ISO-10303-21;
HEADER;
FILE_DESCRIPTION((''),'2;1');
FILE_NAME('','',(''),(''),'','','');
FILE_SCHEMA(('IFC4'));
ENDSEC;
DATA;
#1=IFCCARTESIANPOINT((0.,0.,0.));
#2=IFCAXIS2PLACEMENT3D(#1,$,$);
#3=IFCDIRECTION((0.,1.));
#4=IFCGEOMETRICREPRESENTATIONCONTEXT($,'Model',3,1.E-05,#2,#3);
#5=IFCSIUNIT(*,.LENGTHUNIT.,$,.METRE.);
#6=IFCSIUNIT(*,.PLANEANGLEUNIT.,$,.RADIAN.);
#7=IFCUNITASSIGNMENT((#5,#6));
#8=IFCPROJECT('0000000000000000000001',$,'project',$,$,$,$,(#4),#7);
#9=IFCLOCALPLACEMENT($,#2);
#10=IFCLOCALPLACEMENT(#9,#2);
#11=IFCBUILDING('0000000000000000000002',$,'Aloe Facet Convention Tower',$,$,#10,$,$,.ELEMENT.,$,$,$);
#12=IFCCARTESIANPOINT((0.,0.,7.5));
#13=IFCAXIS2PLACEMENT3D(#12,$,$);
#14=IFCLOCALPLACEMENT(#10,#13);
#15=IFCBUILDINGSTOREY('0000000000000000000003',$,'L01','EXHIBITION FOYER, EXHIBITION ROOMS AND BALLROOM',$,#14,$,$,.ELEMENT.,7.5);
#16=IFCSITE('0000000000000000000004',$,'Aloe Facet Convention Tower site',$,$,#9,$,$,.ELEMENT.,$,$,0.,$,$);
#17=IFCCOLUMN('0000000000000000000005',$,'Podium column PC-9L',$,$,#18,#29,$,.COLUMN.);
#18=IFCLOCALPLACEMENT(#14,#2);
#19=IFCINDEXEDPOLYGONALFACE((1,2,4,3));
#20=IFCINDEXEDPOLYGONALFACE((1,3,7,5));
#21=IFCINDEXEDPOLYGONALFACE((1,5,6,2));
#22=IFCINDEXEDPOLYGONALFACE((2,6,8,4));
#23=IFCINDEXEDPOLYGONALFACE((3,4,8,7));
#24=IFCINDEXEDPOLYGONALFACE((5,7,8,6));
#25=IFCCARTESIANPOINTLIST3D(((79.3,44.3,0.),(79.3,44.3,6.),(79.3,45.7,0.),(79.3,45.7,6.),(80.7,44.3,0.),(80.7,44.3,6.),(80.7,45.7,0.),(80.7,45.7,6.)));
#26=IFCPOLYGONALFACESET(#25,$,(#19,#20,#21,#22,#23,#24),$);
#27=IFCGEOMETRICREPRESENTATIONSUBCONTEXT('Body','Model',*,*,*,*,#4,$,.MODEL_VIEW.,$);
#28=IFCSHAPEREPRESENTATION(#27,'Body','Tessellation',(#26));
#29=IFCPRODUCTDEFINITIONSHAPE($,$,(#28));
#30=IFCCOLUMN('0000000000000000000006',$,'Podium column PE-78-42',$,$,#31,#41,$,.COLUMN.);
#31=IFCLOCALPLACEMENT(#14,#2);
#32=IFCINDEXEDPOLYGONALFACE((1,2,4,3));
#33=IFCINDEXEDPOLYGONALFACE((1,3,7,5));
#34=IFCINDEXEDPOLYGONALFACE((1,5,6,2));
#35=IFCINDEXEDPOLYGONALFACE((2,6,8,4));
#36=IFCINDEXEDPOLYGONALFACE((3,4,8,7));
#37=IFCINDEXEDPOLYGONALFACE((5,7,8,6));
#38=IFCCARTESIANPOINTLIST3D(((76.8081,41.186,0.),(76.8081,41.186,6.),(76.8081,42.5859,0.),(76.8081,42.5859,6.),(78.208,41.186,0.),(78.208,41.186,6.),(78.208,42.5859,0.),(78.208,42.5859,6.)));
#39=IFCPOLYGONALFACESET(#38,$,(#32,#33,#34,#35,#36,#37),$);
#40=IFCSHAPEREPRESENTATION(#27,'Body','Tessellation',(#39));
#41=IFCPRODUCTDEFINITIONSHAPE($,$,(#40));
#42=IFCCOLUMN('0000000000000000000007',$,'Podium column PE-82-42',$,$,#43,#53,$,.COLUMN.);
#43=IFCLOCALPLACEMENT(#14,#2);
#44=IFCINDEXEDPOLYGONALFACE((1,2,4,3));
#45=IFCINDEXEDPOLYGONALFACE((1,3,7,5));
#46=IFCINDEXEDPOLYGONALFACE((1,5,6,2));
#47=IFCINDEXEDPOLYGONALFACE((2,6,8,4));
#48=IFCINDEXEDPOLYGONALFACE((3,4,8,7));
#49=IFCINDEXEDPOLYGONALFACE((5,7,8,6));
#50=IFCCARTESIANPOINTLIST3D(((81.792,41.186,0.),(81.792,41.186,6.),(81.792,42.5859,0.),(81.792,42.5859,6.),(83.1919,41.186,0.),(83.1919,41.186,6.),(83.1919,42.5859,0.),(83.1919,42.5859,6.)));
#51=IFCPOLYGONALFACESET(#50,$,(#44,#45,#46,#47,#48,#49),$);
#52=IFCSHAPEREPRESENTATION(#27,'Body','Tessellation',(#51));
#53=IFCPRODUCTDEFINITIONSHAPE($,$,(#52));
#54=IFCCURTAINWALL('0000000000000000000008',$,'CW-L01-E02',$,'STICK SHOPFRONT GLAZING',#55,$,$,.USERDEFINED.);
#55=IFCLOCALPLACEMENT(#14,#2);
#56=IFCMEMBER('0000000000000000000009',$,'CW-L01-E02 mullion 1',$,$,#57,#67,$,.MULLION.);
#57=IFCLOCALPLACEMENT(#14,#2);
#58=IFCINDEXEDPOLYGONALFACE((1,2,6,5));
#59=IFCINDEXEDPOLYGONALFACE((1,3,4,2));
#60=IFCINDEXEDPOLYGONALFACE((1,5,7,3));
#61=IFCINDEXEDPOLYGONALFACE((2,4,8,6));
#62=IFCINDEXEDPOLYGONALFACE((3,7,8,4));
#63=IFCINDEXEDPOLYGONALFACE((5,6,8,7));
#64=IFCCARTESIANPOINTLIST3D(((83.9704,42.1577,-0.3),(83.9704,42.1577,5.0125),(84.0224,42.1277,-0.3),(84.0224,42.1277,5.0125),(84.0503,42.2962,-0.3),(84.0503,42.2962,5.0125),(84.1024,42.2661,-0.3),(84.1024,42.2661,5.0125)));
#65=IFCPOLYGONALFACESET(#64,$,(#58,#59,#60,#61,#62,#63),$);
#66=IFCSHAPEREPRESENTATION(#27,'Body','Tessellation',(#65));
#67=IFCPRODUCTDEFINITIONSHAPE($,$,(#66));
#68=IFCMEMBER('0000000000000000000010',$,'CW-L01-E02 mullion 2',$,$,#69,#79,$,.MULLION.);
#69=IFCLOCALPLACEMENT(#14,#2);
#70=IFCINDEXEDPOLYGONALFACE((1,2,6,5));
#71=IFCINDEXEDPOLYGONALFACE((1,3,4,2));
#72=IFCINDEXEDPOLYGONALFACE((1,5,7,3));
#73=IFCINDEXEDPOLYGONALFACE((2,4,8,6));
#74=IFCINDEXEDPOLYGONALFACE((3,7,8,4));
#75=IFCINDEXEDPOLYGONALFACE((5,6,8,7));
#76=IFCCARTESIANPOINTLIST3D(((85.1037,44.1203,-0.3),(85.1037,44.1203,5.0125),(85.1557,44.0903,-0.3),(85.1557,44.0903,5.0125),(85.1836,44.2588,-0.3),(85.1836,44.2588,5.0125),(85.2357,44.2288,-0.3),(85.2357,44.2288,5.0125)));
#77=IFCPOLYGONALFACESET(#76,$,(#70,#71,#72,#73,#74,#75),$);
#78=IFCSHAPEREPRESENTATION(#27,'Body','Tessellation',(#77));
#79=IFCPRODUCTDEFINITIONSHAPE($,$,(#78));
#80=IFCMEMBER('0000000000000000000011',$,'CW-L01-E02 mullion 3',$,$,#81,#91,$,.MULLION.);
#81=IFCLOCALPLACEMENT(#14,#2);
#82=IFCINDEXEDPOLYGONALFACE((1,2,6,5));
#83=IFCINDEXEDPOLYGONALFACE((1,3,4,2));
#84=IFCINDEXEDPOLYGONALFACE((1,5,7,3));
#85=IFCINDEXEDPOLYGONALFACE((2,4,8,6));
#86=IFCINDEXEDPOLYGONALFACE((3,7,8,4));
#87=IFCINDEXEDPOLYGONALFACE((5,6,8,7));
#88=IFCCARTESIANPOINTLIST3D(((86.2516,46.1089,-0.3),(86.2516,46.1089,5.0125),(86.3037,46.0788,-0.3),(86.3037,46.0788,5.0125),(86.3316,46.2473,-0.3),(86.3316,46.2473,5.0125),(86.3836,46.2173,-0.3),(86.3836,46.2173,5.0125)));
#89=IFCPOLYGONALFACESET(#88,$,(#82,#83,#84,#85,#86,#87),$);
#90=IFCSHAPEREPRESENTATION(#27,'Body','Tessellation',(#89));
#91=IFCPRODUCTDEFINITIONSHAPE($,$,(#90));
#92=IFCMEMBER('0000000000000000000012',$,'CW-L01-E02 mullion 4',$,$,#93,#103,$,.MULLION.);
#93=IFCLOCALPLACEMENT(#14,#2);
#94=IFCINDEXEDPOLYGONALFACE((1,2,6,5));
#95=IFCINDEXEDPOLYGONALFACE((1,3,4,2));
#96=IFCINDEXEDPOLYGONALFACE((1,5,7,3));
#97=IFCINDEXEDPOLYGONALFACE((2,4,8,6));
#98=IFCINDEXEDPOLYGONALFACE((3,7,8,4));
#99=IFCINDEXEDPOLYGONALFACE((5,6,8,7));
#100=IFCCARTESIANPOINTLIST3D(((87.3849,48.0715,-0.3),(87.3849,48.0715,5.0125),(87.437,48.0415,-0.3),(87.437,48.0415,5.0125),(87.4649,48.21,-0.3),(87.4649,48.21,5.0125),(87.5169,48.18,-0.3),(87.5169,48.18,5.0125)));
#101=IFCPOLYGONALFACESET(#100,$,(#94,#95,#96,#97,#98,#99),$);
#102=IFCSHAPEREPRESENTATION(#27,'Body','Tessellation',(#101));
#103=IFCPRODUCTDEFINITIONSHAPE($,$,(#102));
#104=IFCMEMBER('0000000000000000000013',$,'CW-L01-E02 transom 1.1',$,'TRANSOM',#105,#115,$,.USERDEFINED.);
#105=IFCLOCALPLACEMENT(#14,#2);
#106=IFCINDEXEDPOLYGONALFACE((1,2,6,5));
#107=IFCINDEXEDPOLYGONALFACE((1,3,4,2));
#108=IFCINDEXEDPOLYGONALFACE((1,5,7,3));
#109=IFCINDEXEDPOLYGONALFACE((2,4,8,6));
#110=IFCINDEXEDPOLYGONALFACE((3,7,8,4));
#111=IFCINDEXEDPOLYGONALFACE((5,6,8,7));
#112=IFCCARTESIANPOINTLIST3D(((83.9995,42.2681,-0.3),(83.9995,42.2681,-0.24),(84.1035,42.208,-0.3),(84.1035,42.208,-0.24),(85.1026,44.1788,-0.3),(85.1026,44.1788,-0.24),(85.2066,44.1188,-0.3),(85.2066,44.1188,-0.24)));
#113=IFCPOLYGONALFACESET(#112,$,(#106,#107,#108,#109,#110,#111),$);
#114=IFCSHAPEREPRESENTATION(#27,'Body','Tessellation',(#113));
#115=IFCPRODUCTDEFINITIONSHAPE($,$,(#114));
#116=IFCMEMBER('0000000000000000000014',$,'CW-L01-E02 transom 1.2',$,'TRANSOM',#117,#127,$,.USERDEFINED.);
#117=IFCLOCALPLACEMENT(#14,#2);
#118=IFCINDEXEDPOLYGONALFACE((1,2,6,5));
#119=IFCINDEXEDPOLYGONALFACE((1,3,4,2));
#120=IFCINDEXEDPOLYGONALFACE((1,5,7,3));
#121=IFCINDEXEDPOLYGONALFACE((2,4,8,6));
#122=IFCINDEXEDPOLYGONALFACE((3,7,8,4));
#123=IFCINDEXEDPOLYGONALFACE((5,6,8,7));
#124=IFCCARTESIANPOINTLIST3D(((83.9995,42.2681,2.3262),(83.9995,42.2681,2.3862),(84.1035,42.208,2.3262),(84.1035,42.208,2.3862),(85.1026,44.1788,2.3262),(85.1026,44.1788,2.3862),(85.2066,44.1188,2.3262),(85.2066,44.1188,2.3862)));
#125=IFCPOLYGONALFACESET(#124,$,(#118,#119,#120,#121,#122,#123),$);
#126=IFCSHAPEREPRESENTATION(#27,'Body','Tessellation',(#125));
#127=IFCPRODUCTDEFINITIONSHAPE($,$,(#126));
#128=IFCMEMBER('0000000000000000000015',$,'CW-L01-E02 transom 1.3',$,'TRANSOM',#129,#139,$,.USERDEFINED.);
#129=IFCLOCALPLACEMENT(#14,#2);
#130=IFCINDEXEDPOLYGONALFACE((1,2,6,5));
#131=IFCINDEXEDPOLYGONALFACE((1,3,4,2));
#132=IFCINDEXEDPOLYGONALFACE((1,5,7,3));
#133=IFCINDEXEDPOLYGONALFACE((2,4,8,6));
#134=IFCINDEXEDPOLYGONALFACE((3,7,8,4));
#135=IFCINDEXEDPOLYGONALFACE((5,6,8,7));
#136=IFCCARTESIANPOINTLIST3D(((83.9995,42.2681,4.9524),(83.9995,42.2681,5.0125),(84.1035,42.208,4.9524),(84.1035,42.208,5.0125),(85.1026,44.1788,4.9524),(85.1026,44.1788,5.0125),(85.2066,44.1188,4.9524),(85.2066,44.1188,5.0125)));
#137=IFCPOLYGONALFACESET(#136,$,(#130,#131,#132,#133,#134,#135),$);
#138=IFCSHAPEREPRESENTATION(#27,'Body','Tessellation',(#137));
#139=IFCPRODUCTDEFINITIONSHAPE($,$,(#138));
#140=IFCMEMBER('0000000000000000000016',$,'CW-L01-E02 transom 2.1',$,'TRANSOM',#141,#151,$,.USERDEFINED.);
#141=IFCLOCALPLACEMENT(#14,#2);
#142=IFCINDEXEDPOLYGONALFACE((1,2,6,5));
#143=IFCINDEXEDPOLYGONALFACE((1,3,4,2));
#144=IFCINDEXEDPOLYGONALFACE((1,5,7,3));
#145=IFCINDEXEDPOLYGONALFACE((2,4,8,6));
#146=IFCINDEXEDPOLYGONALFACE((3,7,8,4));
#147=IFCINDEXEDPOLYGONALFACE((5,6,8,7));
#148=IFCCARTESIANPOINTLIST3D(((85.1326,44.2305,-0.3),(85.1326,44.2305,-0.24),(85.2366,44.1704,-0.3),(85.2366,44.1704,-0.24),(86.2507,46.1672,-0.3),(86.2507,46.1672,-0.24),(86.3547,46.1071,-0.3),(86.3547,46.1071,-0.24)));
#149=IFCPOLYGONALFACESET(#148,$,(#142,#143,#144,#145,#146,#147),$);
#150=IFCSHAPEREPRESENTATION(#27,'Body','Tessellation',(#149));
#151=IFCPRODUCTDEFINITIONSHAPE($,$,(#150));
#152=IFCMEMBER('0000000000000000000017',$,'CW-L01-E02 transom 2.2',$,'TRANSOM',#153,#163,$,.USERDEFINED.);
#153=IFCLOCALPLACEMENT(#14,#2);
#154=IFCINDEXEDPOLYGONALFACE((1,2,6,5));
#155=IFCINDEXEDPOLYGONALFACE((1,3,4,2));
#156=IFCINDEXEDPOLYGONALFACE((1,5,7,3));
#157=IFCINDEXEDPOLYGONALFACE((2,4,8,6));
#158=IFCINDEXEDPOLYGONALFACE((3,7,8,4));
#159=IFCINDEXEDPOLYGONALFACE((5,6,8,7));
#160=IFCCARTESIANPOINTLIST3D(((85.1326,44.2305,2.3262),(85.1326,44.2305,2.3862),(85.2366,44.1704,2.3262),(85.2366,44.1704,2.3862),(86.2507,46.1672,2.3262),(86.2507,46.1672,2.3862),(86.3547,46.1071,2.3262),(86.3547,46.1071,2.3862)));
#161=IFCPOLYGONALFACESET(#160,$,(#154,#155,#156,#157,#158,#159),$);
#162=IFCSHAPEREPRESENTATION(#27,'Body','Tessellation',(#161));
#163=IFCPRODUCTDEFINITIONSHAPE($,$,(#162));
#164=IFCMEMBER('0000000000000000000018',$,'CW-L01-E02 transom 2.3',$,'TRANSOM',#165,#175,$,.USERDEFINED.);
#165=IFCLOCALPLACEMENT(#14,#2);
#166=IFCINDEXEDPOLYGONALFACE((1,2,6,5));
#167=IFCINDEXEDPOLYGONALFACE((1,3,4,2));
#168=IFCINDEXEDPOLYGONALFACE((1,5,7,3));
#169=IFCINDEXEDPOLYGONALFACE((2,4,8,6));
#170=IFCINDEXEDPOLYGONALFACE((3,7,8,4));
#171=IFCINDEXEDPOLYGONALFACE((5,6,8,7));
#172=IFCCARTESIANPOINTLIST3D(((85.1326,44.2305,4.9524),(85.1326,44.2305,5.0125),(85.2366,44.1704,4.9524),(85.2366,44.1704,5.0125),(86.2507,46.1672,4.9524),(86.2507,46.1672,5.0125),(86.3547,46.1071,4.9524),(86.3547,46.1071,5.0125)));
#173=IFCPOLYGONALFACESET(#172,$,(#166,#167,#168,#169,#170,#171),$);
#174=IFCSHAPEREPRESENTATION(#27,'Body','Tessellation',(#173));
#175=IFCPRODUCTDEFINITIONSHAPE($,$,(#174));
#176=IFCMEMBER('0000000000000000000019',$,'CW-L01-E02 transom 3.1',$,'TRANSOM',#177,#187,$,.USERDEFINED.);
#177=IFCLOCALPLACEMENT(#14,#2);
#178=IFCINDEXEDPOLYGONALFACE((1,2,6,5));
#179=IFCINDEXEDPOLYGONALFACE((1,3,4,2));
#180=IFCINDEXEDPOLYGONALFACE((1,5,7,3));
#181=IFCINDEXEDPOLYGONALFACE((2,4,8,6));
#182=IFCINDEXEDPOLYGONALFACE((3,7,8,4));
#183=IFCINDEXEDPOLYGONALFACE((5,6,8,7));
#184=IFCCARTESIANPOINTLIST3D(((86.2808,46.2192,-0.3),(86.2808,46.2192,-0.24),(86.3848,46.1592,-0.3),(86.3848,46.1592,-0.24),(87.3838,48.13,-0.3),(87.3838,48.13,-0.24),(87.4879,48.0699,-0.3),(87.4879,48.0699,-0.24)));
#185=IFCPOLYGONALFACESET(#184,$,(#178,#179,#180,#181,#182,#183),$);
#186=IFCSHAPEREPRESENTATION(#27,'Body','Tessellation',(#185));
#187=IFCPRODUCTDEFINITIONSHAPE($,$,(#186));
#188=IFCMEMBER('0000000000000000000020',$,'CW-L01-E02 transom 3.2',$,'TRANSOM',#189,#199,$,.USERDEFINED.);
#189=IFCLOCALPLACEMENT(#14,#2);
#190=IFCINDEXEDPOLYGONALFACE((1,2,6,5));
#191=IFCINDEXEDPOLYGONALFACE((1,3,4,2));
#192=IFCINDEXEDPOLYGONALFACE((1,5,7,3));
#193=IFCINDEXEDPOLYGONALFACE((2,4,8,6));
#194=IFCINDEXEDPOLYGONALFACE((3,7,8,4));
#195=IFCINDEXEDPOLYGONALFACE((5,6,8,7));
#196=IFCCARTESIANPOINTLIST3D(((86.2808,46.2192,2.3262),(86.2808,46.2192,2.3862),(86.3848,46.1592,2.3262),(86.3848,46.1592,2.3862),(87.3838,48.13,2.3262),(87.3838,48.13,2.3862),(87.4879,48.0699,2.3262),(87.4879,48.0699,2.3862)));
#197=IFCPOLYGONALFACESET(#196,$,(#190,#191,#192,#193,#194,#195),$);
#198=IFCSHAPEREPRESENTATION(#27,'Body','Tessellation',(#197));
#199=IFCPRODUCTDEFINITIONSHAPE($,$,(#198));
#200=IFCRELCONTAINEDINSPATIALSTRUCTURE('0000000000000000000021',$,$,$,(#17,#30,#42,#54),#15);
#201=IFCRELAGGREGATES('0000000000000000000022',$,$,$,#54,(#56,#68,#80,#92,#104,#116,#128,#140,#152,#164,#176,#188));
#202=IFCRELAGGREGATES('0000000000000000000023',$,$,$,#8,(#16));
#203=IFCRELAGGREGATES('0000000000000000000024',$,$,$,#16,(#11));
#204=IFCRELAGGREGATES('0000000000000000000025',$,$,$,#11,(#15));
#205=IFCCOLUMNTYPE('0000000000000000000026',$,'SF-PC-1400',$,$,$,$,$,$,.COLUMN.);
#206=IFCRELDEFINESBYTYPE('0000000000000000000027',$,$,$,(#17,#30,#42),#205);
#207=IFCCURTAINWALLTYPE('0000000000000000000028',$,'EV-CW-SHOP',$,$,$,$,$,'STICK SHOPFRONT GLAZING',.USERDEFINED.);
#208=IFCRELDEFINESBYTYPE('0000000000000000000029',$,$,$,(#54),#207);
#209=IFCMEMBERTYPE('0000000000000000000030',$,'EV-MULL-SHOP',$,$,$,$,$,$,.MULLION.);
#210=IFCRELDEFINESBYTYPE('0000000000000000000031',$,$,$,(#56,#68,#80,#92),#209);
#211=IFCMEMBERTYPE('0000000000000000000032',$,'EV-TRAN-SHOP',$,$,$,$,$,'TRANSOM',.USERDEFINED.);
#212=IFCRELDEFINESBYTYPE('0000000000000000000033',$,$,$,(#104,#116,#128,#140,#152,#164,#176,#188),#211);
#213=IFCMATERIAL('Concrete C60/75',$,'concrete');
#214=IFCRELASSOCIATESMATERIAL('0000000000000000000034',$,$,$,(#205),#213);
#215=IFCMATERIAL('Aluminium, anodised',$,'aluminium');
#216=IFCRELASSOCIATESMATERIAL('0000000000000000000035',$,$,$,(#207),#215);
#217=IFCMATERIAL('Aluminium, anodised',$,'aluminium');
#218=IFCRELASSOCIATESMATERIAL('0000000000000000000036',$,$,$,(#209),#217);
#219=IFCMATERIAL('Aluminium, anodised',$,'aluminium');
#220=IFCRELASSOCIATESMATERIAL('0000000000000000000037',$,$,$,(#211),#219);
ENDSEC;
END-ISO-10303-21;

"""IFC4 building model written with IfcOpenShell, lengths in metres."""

from ifc_helpers import new_model, si_unit, direction, frame, origin, origin_2d, place, context, subcontext, project, spatial, rectangle, extrude, material, material_profile, profile_set, type_object, element, aggregate, save


model = new_model("IFC4")

# Units and contexts
model_context = context("Model", 3, precision=1e-05, world=origin(), true_north=direction((0.0, 1.0)))
body_context = subcontext(model_context, "Body", "Model", "MODEL_VIEW")
ifc_project = project(units=[si_unit("LENGTHUNIT", "METRE"), si_unit("PLANEANGLEUNIT", "RADIAN")], contexts=[model_context])

# Site, building, storey
site_placement = place(None, origin())
site = spatial("IfcSite", under=ifc_project, at=site_placement, Name="Aloe Facet Convention Tower site", CompositionType="ELEMENT", RefElevation=0.0)
building_placement = place(site_placement, origin())
building = spatial("IfcBuilding", under=site, at=building_placement, Name="Aloe Facet Convention Tower", CompositionType="ELEMENT")
storey_placement = place(building_placement, frame((0.0, 0.0, 7.5)))
storey = spatial("IfcBuildingStorey", under=building, at=storey_placement, Name="L01", Description="EXHIBITION FOYER, EXHIBITION ROOMS AND BALLROOM", CompositionType="ELEMENT", Elevation=7.5)

# Columns
ifc_material_1 = material(Name="Concrete C60/75", Category="concrete")
ifc_material_profile_1 = material_profile(ifc_material_1, rectangle(XDim=1.3999, YDim=1.3999, at=origin_2d()), Name="SF-PC-1400")
ifc_profile_set_1 = profile_set([ifc_material_profile_1], Name="Concrete C60/75")
column_type = type_object("IfcColumnType", Name="SF-PC-1400", PredefinedType="COLUMN", material=ifc_profile_set_1)
for number, where, z_axis, x_axis, name in (
    (1, (80.0, 45.0, 0.0), (0.0, 0.0, 1.0), (1.0, 0.0, 0.0), "Podium column PC-9L"),
    (2, (77.5081, 41.886, 0.0), (0.0, 0.0, 1.0), (1.0, 0.0, 0.0), "Podium column PE-78-42"),
    (3, (82.4919, 41.886, 0.0), (0.0, 0.0, 1.0), (1.0, 0.0, 0.0), "Podium column PE-82-42"),
):
    element("IfcColumn", number, at=place(storey_placement, frame(where, z_axis=z_axis, x_axis=x_axis)), inside=storey, type_object=column_type, Name=name, PredefinedType="COLUMN", context=body_context, shape_type="SweptSolid", body=[
        extrude(rectangle(XDim=1.3999, YDim=1.3999, at=origin_2d()), origin(), (0.0, 0.0, 1.0), 6.0),
    ])

# Curtain wall, members
ifc_material_2 = material(Name="Aluminium, anodised", Category="aluminium")
curtain_wall_type = type_object("IfcCurtainWallType", Name="EV-CW-SHOP", ElementType="STICK SHOPFRONT GLAZING", PredefinedType="USERDEFINED", material=ifc_material_2)
curtain_wall_placement = place(storey_placement, origin())
curtain_wall = element("IfcCurtainWall", 4, at=curtain_wall_placement, inside=storey, type_object=curtain_wall_type, Name="CW-L01-E02", ObjectType="STICK SHOPFRONT GLAZING", PredefinedType="USERDEFINED")
ifc_material_3 = material(Name="Aluminium, anodised", Category="aluminium")
ifc_material_profile_2 = material_profile(ifc_material_3, rectangle(XDim=0.0601, YDim=0.1599, at=origin_2d()), Name="AL 60x160")
ifc_profile_set_2 = profile_set([ifc_material_profile_2], Name="Aluminium, anodised")
member_type_1 = type_object("IfcMemberType", Name="EV-MULL-SHOP", PredefinedType="MULLION", material=ifc_profile_set_2)
member_1_placement = place(storey_placement, frame((84.0364, 42.2119, -0.3), z_axis=(0.0, 0.0, 1.0), x_axis=(-0.866025, 0.5, 0.0)))
member_1 = element("IfcMember", 5, at=member_1_placement, type_object=member_type_1, Name="CW-L01-E02 mullion 1", PredefinedType="MULLION", context=body_context, shape_type="SweptSolid", body=[
    extrude(rectangle(XDim=0.0601, YDim=0.1599, at=origin_2d()), origin(), (0.0, 0.0, 1.0), 5.3125),
])
member_2_placement = place(storey_placement, frame((85.1697, 44.1746, -0.3), z_axis=(0.0, 0.0, 1.0), x_axis=(-0.866025, 0.5, 0.0)))
member_2 = element("IfcMember", 6, at=member_2_placement, type_object=member_type_1, Name="CW-L01-E02 mullion 2", PredefinedType="MULLION", context=body_context, shape_type="SweptSolid", body=[
    extrude(rectangle(XDim=0.0601, YDim=0.1599, at=origin_2d()), origin(), (0.0, 0.0, 1.0), 5.3125),
])
member_3_placement = place(storey_placement, frame((86.3176, 46.1631, -0.3), z_axis=(0.0, 0.0, 1.0), x_axis=(-0.866025, 0.5, 0.0)))
member_3 = element("IfcMember", 7, at=member_3_placement, type_object=member_type_1, Name="CW-L01-E02 mullion 3", PredefinedType="MULLION", context=body_context, shape_type="SweptSolid", body=[
    extrude(rectangle(XDim=0.0601, YDim=0.1599, at=origin_2d()), origin(), (0.0, 0.0, 1.0), 5.3125),
])
member_4_placement = place(storey_placement, frame((87.4509, 48.1257, -0.3), z_axis=(0.0, 0.0, 1.0), x_axis=(-0.866025, 0.5, 0.0)))
member_4 = element("IfcMember", 8, at=member_4_placement, type_object=member_type_1, Name="CW-L01-E02 mullion 4", PredefinedType="MULLION", context=body_context, shape_type="SweptSolid", body=[
    extrude(rectangle(XDim=0.0601, YDim=0.1599, at=origin_2d()), origin(), (0.0, 0.0, 1.0), 5.3125),
])
ifc_material_4 = material(Name="Aluminium, anodised", Category="aluminium")
ifc_material_profile_3 = material_profile(ifc_material_4, rectangle(XDim=0.1201, YDim=0.0601, at=origin_2d()), Name="AL 120x60")
ifc_profile_set_3 = profile_set([ifc_material_profile_3], Name="Aluminium, anodised")
member_type_2 = type_object("IfcMemberType", Name="EV-TRAN-SHOP", ElementType="TRANSOM", PredefinedType="USERDEFINED", material=ifc_profile_set_3)
member_5_placement = place(storey_placement, frame((84.0515, 42.238, -0.27), z_axis=(0.499972, 0.866042, 0.0), x_axis=(-0.866042, 0.499972, 0.0)))
member_5 = element("IfcMember", 9, at=member_5_placement, type_object=member_type_2, Name="CW-L01-E02 transom 1.1", ObjectType="TRANSOM", PredefinedType="USERDEFINED", context=body_context, shape_type="SweptSolid", body=[
    extrude(rectangle(XDim=0.1201, YDim=0.0601, at=origin_2d()), origin(), (0.0, 0.0, 1.0), 2.2063),
])
member_6_placement = place(storey_placement, frame((84.0515, 42.238, 2.3562), z_axis=(0.499972, 0.866042, 0.0), x_axis=(-0.866042, 0.499972, 0.0)))
member_6 = element("IfcMember", 10, at=member_6_placement, type_object=member_type_2, Name="CW-L01-E02 transom 1.2", ObjectType="TRANSOM", PredefinedType="USERDEFINED", context=body_context, shape_type="SweptSolid", body=[
    extrude(rectangle(XDim=0.1201, YDim=0.0601, at=origin_2d()), origin(), (0.0, 0.0, 1.0), 2.2063),
])
member_7_placement = place(storey_placement, frame((84.0515, 42.238, 4.9824), z_axis=(0.499972, 0.866042, 0.0), x_axis=(-0.866042, 0.499972, 0.0)))
member_7 = element("IfcMember", 11, at=member_7_placement, type_object=member_type_2, Name="CW-L01-E02 transom 1.3", ObjectType="TRANSOM", PredefinedType="USERDEFINED", context=body_context, shape_type="SweptSolid", body=[
    extrude(rectangle(XDim=0.1201, YDim=0.0601, at=origin_2d()), origin(), (0.0, 0.0, 1.0), 2.2063),
])
member_8_placement = place(storey_placement, frame((85.1846, 44.2004, -0.27), z_axis=(0.49999, 0.866031, 0.0), x_axis=(-0.866031, 0.49999, 0.0)))
member_8 = element("IfcMember", 12, at=member_8_placement, type_object=member_type_2, Name="CW-L01-E02 transom 2.1", ObjectType="TRANSOM", PredefinedType="USERDEFINED", context=body_context, shape_type="SweptSolid", body=[
    extrude(rectangle(XDim=0.1201, YDim=0.0601, at=origin_2d()), origin(), (0.0, 0.0, 1.0), 2.2363),
])
member_9_placement = place(storey_placement, frame((85.1846, 44.2004, 2.3562), z_axis=(0.49999, 0.866031, 0.0), x_axis=(-0.866031, 0.49999, 0.0)))
member_9 = element("IfcMember", 13, at=member_9_placement, type_object=member_type_2, Name="CW-L01-E02 transom 2.2", ObjectType="TRANSOM", PredefinedType="USERDEFINED", context=body_context, shape_type="SweptSolid", body=[
    extrude(rectangle(XDim=0.1201, YDim=0.0601, at=origin_2d()), origin(), (0.0, 0.0, 1.0), 2.2363),
])
member_10_placement = place(storey_placement, frame((85.1846, 44.2004, 4.9824), z_axis=(0.49999, 0.866031, 0.0), x_axis=(-0.866031, 0.49999, 0.0)))
member_10 = element("IfcMember", 14, at=member_10_placement, type_object=member_type_2, Name="CW-L01-E02 transom 2.3", ObjectType="TRANSOM", PredefinedType="USERDEFINED", context=body_context, shape_type="SweptSolid", body=[
    extrude(rectangle(XDim=0.1201, YDim=0.0601, at=origin_2d()), origin(), (0.0, 0.0, 1.0), 2.2363),
])
member_11_placement = place(storey_placement, frame((86.3328, 46.1892, -0.27), z_axis=(0.499972, 0.866042, 0.0), x_axis=(-0.866042, 0.499972, 0.0)))
member_11 = element("IfcMember", 15, at=member_11_placement, type_object=member_type_2, Name="CW-L01-E02 transom 3.1", ObjectType="TRANSOM", PredefinedType="USERDEFINED", context=body_context, shape_type="SweptSolid", body=[
    extrude(rectangle(XDim=0.1201, YDim=0.0601, at=origin_2d()), origin(), (0.0, 0.0, 1.0), 2.2063),
])
member_12_placement = place(storey_placement, frame((86.3328, 46.1892, 2.3562), z_axis=(0.499972, 0.866042, 0.0), x_axis=(-0.866042, 0.499972, 0.0)))
member_12 = element("IfcMember", 16, at=member_12_placement, type_object=member_type_2, Name="CW-L01-E02 transom 3.2", ObjectType="TRANSOM", PredefinedType="USERDEFINED", context=body_context, shape_type="SweptSolid", body=[
    extrude(rectangle(XDim=0.1201, YDim=0.0601, at=origin_2d()), origin(), (0.0, 0.0, 1.0), 2.2063),
])

aggregate(curtain_wall, [member_1, member_2, member_3, member_4, member_5, member_6, member_7, member_8, member_9, member_10, member_11, member_12])

save(model, "model.ifc")
